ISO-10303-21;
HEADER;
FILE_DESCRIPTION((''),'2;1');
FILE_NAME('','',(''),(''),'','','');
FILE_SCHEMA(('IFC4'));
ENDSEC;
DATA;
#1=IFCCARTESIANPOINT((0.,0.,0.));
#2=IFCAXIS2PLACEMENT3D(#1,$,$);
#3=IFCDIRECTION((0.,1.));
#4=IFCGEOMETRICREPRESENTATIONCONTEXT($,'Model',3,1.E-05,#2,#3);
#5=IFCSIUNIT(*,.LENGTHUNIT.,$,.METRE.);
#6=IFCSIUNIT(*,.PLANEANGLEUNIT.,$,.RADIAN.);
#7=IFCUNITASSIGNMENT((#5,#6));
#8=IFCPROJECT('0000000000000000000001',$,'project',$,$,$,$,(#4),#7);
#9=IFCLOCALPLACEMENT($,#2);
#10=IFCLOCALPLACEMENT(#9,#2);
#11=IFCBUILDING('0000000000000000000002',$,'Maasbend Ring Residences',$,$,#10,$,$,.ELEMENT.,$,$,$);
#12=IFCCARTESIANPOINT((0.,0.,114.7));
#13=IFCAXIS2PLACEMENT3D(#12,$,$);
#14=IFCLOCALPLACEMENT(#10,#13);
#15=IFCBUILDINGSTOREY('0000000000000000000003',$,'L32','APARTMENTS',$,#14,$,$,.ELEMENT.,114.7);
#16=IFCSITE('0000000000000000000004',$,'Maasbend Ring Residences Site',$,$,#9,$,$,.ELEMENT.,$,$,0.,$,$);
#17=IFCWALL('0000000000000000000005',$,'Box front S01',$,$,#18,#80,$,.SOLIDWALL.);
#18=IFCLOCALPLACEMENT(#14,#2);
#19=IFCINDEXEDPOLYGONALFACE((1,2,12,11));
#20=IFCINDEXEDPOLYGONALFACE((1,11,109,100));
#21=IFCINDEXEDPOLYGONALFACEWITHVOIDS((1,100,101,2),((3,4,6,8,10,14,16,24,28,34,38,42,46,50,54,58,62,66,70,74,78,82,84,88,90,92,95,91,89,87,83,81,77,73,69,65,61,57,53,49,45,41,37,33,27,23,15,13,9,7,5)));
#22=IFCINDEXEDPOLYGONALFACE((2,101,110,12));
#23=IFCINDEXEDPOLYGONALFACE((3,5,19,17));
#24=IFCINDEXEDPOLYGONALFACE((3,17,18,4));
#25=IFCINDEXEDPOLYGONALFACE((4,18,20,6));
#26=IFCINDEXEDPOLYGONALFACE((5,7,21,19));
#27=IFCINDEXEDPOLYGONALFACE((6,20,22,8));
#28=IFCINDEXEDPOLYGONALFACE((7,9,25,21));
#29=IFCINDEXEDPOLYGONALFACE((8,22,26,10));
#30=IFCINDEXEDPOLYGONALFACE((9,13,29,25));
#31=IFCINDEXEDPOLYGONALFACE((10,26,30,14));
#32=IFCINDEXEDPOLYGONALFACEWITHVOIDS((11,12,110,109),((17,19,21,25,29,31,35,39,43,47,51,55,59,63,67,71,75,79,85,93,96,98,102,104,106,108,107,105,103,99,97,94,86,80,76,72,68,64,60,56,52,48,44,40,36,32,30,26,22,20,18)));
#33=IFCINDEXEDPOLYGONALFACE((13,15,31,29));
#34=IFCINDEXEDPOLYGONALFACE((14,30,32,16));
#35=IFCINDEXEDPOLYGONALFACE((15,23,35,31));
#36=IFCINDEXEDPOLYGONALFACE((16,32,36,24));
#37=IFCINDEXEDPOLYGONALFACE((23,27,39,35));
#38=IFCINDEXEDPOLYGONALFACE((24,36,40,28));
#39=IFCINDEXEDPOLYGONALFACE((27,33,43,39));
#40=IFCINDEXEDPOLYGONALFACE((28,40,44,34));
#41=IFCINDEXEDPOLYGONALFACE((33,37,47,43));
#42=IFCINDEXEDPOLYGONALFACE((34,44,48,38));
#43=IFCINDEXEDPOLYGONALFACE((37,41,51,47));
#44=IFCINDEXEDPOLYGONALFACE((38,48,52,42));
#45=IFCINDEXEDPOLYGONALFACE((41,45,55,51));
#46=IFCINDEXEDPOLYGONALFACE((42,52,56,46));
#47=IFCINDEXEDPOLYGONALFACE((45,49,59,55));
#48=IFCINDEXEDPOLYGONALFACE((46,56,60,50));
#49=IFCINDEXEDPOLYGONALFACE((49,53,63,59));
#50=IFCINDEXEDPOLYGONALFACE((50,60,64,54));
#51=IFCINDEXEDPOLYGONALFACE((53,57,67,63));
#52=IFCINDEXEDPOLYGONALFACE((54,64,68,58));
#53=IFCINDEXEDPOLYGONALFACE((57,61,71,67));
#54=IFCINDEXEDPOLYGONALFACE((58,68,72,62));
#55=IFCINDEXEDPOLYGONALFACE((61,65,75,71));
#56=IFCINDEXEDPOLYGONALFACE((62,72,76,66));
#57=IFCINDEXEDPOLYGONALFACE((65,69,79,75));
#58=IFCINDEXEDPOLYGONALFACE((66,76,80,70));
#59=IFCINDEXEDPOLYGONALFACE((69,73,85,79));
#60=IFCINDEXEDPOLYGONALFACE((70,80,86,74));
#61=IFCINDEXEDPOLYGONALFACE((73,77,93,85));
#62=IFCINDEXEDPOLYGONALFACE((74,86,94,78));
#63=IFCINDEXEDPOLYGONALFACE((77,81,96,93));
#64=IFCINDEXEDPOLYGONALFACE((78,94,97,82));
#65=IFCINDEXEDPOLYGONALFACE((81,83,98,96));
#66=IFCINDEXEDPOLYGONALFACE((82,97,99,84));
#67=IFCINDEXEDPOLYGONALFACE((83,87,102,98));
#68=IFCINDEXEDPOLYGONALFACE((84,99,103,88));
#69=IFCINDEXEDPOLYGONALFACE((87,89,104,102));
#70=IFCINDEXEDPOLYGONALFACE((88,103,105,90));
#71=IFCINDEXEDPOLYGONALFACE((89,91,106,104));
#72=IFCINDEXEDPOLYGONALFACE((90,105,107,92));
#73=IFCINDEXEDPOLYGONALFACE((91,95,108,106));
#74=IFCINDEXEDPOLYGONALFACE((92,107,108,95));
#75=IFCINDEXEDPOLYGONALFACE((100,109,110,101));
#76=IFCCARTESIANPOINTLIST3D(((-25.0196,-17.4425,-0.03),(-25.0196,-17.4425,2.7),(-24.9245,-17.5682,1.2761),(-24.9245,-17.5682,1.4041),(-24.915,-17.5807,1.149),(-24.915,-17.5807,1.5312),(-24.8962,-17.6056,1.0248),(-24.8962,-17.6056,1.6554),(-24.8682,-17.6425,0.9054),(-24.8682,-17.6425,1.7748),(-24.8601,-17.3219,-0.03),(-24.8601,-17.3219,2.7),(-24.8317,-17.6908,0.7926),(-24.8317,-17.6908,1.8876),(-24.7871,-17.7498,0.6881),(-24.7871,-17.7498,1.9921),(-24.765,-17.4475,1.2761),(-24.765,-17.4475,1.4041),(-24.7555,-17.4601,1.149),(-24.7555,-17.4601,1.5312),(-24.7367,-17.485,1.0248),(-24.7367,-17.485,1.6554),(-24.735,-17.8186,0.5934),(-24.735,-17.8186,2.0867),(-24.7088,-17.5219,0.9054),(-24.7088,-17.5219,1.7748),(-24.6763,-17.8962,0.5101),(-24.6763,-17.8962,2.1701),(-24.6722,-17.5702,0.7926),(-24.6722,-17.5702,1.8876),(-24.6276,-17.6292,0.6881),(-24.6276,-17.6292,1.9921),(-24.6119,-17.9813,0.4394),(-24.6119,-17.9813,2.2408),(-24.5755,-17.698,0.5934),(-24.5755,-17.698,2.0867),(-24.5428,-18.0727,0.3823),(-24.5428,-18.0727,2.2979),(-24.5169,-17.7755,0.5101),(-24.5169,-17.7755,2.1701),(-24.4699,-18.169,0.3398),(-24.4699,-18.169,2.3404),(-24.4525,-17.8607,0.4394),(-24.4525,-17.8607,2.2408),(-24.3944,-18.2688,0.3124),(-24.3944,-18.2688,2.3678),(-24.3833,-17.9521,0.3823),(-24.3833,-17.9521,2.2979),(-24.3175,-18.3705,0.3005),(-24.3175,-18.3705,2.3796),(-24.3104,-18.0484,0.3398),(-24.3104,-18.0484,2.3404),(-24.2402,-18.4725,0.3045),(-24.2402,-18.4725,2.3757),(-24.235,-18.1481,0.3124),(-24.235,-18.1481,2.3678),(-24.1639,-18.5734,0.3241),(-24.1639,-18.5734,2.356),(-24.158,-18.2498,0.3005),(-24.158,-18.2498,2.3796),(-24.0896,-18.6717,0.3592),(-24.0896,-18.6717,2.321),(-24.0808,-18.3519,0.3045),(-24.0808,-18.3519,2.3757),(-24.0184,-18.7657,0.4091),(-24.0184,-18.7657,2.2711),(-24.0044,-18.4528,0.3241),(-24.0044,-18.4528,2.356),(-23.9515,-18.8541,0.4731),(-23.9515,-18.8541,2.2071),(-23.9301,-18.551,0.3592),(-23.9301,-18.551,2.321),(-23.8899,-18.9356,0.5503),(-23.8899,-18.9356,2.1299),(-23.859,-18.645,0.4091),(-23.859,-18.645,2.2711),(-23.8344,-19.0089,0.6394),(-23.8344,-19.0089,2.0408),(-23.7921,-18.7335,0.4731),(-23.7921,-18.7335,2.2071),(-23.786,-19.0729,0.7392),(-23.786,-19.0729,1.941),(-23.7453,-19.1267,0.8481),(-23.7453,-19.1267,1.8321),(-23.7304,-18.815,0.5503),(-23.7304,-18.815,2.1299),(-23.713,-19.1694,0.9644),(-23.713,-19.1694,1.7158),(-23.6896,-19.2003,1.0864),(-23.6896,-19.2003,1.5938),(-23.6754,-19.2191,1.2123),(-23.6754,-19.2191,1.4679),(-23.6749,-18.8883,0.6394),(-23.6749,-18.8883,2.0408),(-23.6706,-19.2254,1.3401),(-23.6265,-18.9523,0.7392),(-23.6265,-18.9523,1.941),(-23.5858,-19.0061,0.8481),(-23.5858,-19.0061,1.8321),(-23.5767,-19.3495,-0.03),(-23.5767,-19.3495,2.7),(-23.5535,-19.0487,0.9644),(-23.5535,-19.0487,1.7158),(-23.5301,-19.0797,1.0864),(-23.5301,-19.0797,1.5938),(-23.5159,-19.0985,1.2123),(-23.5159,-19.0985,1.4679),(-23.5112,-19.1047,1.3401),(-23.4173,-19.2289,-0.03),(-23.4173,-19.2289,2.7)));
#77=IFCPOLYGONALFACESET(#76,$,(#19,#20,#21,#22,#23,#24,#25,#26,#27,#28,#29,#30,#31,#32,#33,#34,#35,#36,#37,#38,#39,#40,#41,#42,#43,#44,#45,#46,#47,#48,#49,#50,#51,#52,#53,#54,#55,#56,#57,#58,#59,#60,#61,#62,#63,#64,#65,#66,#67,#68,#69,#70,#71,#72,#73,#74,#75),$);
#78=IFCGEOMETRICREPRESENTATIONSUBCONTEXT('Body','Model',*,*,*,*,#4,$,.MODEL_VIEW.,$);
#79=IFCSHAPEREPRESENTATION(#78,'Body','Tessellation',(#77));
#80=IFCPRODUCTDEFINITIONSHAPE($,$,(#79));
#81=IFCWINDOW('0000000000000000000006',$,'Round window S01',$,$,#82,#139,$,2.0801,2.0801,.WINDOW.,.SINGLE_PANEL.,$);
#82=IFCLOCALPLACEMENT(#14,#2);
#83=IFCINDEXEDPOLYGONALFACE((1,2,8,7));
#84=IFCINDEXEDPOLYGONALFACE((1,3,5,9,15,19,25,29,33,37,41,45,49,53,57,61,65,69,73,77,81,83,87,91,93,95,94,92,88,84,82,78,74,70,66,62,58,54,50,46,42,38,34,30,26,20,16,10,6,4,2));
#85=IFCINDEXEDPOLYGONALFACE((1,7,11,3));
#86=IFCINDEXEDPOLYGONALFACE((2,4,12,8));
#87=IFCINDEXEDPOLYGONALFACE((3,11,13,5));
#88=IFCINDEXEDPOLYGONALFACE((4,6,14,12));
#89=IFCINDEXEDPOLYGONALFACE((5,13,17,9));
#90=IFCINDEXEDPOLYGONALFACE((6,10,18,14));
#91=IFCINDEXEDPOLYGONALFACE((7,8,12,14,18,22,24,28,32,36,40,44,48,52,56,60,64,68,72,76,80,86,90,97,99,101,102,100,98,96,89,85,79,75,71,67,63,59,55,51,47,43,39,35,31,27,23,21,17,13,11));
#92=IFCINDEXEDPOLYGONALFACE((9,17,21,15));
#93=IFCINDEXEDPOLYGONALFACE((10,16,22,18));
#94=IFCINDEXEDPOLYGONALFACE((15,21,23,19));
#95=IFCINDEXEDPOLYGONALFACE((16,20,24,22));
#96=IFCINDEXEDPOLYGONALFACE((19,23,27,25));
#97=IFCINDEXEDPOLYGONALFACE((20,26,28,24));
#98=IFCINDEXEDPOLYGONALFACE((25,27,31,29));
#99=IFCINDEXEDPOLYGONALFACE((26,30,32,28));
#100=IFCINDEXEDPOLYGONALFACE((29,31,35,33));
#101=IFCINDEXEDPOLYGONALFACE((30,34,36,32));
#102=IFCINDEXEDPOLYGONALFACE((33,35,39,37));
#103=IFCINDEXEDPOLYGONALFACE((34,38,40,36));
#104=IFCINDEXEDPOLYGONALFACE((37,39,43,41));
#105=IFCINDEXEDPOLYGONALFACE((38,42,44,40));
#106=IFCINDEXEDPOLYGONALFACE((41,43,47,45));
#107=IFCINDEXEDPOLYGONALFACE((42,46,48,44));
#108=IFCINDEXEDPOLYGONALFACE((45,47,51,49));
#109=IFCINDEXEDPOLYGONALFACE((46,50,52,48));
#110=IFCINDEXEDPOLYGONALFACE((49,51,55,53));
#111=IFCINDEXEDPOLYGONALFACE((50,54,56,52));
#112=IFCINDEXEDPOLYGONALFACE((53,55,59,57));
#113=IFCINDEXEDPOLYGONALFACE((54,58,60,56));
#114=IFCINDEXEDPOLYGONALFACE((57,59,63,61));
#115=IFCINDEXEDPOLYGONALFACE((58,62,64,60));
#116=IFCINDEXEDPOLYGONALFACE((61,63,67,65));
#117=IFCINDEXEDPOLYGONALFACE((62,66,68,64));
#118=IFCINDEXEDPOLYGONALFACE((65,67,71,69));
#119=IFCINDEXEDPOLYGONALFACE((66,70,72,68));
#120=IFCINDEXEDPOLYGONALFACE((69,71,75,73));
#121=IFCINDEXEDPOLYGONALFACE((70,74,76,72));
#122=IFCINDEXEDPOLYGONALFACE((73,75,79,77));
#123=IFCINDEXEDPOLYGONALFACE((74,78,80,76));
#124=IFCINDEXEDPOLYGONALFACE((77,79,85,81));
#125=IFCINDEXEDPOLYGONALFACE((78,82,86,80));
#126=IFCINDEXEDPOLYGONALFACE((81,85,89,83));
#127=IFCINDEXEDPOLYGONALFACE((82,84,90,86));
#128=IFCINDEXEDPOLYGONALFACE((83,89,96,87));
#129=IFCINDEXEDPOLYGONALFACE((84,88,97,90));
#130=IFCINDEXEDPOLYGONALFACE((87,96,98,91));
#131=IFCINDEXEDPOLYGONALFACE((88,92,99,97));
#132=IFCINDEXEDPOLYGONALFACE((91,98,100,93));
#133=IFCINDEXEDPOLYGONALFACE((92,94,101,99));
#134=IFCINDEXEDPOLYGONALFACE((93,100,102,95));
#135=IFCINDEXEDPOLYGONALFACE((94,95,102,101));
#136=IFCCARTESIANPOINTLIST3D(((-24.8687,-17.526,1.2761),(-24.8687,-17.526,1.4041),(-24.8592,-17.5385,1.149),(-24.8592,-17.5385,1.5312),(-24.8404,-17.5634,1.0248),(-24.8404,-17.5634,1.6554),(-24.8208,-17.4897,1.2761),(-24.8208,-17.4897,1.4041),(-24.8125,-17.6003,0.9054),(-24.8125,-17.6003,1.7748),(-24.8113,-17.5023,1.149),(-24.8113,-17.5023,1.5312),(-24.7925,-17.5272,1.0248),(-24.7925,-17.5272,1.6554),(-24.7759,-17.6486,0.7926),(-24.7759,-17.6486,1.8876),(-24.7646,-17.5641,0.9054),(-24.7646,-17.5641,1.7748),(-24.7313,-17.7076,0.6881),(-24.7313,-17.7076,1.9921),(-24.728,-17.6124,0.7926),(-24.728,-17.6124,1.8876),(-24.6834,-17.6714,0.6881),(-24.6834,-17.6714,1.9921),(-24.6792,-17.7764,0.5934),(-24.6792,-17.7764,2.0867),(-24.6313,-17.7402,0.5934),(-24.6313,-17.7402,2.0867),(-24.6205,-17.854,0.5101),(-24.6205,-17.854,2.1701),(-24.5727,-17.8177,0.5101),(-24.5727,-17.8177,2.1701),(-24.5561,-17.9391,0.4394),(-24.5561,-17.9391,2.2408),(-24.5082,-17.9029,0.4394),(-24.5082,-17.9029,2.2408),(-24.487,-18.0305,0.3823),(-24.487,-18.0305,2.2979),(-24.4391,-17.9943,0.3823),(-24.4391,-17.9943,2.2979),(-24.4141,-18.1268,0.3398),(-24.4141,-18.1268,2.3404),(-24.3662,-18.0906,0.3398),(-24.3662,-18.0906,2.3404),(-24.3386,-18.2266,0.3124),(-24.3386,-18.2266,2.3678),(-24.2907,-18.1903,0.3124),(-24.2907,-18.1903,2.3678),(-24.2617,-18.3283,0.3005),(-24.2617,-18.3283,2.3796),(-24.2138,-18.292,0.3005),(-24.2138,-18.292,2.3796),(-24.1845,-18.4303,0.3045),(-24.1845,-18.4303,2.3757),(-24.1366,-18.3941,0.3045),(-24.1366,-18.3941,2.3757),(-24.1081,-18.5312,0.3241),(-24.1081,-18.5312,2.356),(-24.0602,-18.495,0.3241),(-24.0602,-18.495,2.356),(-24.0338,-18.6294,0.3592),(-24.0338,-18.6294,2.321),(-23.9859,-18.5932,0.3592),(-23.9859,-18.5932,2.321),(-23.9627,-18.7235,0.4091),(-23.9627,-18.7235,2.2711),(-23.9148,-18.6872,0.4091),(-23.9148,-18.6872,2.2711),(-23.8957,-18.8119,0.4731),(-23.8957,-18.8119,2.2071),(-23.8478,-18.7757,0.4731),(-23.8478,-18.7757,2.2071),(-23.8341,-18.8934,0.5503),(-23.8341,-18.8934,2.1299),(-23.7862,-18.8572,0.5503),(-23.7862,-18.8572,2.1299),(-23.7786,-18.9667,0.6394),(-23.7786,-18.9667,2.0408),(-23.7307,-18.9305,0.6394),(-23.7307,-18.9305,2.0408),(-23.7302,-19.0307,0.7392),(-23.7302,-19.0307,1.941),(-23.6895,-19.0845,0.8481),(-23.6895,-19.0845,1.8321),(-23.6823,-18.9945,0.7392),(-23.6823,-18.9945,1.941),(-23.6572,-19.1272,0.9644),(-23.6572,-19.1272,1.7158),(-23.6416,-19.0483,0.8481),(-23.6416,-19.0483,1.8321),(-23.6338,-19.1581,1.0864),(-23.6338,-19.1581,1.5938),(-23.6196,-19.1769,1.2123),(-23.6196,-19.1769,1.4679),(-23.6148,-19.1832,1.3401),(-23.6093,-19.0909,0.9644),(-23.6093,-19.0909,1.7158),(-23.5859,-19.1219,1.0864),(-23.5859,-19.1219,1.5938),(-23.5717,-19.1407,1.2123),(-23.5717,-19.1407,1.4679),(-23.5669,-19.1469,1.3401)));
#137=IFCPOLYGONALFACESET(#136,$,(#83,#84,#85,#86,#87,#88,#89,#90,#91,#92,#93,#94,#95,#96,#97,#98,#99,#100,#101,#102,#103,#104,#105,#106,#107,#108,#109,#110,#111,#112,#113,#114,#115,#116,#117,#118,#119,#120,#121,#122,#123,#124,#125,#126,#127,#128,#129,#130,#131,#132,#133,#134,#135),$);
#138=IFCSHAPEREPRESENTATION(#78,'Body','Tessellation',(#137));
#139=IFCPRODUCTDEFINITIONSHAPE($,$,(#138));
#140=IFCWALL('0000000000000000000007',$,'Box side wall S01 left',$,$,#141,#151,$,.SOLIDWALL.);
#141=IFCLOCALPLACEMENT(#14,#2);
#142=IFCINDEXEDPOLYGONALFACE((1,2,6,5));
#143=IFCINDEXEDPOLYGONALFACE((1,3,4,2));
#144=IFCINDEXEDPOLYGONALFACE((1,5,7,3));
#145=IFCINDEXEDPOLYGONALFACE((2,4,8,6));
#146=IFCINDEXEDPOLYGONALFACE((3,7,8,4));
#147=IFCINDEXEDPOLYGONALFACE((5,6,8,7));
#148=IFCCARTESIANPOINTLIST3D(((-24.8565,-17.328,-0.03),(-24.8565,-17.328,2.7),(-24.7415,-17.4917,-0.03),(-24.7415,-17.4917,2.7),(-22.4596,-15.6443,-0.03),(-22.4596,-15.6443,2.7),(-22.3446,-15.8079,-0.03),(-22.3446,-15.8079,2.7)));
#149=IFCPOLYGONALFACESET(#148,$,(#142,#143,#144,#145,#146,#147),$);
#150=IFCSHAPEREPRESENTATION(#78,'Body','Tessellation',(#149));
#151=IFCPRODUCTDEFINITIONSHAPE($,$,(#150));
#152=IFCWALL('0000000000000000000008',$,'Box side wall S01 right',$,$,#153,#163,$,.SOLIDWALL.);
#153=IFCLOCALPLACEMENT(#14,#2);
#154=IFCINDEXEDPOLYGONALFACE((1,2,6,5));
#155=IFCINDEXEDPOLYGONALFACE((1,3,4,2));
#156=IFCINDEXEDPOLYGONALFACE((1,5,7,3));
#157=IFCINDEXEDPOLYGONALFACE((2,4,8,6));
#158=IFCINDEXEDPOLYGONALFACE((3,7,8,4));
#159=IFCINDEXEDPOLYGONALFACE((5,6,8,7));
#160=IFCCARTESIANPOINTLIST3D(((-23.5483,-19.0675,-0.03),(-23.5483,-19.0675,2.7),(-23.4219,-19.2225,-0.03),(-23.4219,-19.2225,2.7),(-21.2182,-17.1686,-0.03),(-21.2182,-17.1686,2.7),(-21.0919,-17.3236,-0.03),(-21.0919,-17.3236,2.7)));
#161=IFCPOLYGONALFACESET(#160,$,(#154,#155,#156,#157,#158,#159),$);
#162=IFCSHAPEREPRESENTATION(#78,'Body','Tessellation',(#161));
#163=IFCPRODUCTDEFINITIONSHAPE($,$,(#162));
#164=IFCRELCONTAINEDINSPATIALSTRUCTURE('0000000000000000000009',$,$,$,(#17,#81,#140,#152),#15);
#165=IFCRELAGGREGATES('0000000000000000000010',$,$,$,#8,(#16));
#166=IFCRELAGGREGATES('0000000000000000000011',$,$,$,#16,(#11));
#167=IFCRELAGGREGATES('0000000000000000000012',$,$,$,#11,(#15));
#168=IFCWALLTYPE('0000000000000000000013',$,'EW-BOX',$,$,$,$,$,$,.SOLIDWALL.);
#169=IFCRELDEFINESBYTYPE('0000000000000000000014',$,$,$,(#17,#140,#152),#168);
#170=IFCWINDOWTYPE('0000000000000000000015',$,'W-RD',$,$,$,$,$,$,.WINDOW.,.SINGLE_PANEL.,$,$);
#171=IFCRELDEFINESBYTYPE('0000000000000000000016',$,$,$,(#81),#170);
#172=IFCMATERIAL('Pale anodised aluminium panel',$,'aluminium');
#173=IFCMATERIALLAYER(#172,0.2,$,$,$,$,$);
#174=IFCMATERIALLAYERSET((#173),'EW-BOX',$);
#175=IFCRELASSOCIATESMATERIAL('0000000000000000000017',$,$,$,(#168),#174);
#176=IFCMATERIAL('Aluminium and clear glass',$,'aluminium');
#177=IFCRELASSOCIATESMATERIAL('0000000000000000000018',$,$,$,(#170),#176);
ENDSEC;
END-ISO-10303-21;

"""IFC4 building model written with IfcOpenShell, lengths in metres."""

from ifc_helpers import new_model, si_unit, direction, frame, frame_2d, origin, place, context, subcontext, project, spatial, rectangle, circle, extrude, material, layer, layer_set, type_object, element, fill, save


model = new_model("IFC4")

# Units and contexts
model_context = context("Model", 3, precision=1e-05, world=origin(), true_north=direction((0.0, 1.0)))
body_context = subcontext(model_context, "Body", "Model", "MODEL_VIEW")
ifc_project = project(units=[si_unit("LENGTHUNIT", "METRE"), si_unit("PLANEANGLEUNIT", "RADIAN")], contexts=[model_context])

# Site, building, storey
site_placement = place(None, origin())
site = spatial("IfcSite", under=ifc_project, at=site_placement, Name="Maasbend Ring Residences Site", CompositionType="ELEMENT", RefElevation=0.0)
building_placement = place(site_placement, origin())
building = spatial("IfcBuilding", under=site, at=building_placement, Name="Maasbend Ring Residences", CompositionType="ELEMENT")
storey_placement = place(building_placement, frame((0.0, 0.0, 114.7)))
storey = spatial("IfcBuildingStorey", under=building, at=storey_placement, Name="L32", Description="APARTMENTS", CompositionType="ELEMENT", Elevation=114.7)

# Wall, opening, window
ifc_material_1 = material(Name="Pale anodised aluminium panel", Category="aluminium")
ifc_layer_1 = layer(ifc_material_1, 0.2)
ifc_layer_set_1 = layer_set([ifc_layer_1], Name="EW-BOX")
wall_type_1 = type_object("IfcWallType", Name="EW-BOX", PredefinedType="SOLIDWALL", material=ifc_layer_set_1)
wall_1_placement = place(storey_placement, frame((-24.9399, -17.3821, -0.03), z_axis=(0.0, 0.0, 1.0), x_axis=(0.603376, -0.797457, 0.0)))
wall_1 = element("IfcWall", 1, at=wall_1_placement, inside=storey, type_object=wall_type_1, Name="Box front S01", PredefinedType="SOLIDWALL", context=body_context, shape_type="SweptSolid", body=[
    extrude(rectangle(XDim=2.3914, YDim=0.2, at=frame_2d((1.1958, 0.0))), origin(), (0.0, 0.0, 1.0), 2.73),
])
opening_1_placement = place(wall_1_placement, frame((0.1558, 0.0, 0.3301)))
opening_1 = element("IfcOpeningElement", 2, at=opening_1_placement, cuts=wall_1, PredefinedType="OPENING", context=body_context, shape_type="SweptSolid", body=[
    extrude(circle(Radius=1.04, at=frame_2d((1.04, 1.04))), frame((0.0, 0.1099, 0.0), z_axis=(0.0, -1.0, 0.0), x_axis=(1.0, 0.0, 0.0)), (0.0, 0.0, 1.0), 0.22),
])
ifc_material_2 = material(Name="Aluminium and clear glass", Category="aluminium")
window_type_1 = type_object("IfcWindowType", Name="W-RD", PartitioningType="SINGLE_PANEL", PredefinedType="WINDOW", material=ifc_material_2)
window_1_placement = place(opening_1_placement, origin())
window_1 = element("IfcWindow", 3, at=window_1_placement, inside=storey, type_object=window_type_1, Name="Round window S01", OverallHeight=2.0801, OverallWidth=2.0801, PartitioningType="SINGLE_PANEL", PredefinedType="WINDOW", context=body_context, shape_type="SweptSolid", body=[
    extrude(circle(Radius=1.04, at=frame_2d((1.04, 1.04))), frame((0.0, 0.03, 0.0), z_axis=(0.0, -1.0, 0.0), x_axis=(1.0, 0.0, 0.0)), (0.0, 0.0, 1.0), 0.0601),
])
fill(opening_1, window_1)

# Walls
wall_2_placement = place(storey_placement, frame((-22.4021, -15.7261, -0.03), z_axis=(0.0, 0.0, 1.0), x_axis=(-0.818275, -0.574826, 0.0)))
element("IfcWall", 4, at=wall_2_placement, inside=storey, type_object=wall_type_1, Name="Box side wall S01 left", PredefinedType="SOLIDWALL", context=body_context, shape_type="SweptSolid", body=[
    extrude(rectangle(XDim=2.9292, YDim=0.2, at=frame_2d((1.4646, 0.0))), origin(), (0.0, 0.0, 1.0), 2.73),
])
wall_3_placement = place(storey_placement, frame((-21.155, -17.2461, -0.03), z_axis=(0.0, 0.0, 1.0), x_axis=(-0.775179, -0.631742, 0.0)))
element("IfcWall", 5, at=wall_3_placement, inside=storey, type_object=wall_type_1, Name="Box side wall S01 right", PredefinedType="SOLIDWALL", context=body_context, shape_type="SweptSolid", body=[
    extrude(rectangle(XDim=3.0059, YDim=0.2, at=frame_2d((1.5029, 0.0))), origin(), (0.0, 0.0, 1.0), 2.73),
])

save(model, "model.ifc")
